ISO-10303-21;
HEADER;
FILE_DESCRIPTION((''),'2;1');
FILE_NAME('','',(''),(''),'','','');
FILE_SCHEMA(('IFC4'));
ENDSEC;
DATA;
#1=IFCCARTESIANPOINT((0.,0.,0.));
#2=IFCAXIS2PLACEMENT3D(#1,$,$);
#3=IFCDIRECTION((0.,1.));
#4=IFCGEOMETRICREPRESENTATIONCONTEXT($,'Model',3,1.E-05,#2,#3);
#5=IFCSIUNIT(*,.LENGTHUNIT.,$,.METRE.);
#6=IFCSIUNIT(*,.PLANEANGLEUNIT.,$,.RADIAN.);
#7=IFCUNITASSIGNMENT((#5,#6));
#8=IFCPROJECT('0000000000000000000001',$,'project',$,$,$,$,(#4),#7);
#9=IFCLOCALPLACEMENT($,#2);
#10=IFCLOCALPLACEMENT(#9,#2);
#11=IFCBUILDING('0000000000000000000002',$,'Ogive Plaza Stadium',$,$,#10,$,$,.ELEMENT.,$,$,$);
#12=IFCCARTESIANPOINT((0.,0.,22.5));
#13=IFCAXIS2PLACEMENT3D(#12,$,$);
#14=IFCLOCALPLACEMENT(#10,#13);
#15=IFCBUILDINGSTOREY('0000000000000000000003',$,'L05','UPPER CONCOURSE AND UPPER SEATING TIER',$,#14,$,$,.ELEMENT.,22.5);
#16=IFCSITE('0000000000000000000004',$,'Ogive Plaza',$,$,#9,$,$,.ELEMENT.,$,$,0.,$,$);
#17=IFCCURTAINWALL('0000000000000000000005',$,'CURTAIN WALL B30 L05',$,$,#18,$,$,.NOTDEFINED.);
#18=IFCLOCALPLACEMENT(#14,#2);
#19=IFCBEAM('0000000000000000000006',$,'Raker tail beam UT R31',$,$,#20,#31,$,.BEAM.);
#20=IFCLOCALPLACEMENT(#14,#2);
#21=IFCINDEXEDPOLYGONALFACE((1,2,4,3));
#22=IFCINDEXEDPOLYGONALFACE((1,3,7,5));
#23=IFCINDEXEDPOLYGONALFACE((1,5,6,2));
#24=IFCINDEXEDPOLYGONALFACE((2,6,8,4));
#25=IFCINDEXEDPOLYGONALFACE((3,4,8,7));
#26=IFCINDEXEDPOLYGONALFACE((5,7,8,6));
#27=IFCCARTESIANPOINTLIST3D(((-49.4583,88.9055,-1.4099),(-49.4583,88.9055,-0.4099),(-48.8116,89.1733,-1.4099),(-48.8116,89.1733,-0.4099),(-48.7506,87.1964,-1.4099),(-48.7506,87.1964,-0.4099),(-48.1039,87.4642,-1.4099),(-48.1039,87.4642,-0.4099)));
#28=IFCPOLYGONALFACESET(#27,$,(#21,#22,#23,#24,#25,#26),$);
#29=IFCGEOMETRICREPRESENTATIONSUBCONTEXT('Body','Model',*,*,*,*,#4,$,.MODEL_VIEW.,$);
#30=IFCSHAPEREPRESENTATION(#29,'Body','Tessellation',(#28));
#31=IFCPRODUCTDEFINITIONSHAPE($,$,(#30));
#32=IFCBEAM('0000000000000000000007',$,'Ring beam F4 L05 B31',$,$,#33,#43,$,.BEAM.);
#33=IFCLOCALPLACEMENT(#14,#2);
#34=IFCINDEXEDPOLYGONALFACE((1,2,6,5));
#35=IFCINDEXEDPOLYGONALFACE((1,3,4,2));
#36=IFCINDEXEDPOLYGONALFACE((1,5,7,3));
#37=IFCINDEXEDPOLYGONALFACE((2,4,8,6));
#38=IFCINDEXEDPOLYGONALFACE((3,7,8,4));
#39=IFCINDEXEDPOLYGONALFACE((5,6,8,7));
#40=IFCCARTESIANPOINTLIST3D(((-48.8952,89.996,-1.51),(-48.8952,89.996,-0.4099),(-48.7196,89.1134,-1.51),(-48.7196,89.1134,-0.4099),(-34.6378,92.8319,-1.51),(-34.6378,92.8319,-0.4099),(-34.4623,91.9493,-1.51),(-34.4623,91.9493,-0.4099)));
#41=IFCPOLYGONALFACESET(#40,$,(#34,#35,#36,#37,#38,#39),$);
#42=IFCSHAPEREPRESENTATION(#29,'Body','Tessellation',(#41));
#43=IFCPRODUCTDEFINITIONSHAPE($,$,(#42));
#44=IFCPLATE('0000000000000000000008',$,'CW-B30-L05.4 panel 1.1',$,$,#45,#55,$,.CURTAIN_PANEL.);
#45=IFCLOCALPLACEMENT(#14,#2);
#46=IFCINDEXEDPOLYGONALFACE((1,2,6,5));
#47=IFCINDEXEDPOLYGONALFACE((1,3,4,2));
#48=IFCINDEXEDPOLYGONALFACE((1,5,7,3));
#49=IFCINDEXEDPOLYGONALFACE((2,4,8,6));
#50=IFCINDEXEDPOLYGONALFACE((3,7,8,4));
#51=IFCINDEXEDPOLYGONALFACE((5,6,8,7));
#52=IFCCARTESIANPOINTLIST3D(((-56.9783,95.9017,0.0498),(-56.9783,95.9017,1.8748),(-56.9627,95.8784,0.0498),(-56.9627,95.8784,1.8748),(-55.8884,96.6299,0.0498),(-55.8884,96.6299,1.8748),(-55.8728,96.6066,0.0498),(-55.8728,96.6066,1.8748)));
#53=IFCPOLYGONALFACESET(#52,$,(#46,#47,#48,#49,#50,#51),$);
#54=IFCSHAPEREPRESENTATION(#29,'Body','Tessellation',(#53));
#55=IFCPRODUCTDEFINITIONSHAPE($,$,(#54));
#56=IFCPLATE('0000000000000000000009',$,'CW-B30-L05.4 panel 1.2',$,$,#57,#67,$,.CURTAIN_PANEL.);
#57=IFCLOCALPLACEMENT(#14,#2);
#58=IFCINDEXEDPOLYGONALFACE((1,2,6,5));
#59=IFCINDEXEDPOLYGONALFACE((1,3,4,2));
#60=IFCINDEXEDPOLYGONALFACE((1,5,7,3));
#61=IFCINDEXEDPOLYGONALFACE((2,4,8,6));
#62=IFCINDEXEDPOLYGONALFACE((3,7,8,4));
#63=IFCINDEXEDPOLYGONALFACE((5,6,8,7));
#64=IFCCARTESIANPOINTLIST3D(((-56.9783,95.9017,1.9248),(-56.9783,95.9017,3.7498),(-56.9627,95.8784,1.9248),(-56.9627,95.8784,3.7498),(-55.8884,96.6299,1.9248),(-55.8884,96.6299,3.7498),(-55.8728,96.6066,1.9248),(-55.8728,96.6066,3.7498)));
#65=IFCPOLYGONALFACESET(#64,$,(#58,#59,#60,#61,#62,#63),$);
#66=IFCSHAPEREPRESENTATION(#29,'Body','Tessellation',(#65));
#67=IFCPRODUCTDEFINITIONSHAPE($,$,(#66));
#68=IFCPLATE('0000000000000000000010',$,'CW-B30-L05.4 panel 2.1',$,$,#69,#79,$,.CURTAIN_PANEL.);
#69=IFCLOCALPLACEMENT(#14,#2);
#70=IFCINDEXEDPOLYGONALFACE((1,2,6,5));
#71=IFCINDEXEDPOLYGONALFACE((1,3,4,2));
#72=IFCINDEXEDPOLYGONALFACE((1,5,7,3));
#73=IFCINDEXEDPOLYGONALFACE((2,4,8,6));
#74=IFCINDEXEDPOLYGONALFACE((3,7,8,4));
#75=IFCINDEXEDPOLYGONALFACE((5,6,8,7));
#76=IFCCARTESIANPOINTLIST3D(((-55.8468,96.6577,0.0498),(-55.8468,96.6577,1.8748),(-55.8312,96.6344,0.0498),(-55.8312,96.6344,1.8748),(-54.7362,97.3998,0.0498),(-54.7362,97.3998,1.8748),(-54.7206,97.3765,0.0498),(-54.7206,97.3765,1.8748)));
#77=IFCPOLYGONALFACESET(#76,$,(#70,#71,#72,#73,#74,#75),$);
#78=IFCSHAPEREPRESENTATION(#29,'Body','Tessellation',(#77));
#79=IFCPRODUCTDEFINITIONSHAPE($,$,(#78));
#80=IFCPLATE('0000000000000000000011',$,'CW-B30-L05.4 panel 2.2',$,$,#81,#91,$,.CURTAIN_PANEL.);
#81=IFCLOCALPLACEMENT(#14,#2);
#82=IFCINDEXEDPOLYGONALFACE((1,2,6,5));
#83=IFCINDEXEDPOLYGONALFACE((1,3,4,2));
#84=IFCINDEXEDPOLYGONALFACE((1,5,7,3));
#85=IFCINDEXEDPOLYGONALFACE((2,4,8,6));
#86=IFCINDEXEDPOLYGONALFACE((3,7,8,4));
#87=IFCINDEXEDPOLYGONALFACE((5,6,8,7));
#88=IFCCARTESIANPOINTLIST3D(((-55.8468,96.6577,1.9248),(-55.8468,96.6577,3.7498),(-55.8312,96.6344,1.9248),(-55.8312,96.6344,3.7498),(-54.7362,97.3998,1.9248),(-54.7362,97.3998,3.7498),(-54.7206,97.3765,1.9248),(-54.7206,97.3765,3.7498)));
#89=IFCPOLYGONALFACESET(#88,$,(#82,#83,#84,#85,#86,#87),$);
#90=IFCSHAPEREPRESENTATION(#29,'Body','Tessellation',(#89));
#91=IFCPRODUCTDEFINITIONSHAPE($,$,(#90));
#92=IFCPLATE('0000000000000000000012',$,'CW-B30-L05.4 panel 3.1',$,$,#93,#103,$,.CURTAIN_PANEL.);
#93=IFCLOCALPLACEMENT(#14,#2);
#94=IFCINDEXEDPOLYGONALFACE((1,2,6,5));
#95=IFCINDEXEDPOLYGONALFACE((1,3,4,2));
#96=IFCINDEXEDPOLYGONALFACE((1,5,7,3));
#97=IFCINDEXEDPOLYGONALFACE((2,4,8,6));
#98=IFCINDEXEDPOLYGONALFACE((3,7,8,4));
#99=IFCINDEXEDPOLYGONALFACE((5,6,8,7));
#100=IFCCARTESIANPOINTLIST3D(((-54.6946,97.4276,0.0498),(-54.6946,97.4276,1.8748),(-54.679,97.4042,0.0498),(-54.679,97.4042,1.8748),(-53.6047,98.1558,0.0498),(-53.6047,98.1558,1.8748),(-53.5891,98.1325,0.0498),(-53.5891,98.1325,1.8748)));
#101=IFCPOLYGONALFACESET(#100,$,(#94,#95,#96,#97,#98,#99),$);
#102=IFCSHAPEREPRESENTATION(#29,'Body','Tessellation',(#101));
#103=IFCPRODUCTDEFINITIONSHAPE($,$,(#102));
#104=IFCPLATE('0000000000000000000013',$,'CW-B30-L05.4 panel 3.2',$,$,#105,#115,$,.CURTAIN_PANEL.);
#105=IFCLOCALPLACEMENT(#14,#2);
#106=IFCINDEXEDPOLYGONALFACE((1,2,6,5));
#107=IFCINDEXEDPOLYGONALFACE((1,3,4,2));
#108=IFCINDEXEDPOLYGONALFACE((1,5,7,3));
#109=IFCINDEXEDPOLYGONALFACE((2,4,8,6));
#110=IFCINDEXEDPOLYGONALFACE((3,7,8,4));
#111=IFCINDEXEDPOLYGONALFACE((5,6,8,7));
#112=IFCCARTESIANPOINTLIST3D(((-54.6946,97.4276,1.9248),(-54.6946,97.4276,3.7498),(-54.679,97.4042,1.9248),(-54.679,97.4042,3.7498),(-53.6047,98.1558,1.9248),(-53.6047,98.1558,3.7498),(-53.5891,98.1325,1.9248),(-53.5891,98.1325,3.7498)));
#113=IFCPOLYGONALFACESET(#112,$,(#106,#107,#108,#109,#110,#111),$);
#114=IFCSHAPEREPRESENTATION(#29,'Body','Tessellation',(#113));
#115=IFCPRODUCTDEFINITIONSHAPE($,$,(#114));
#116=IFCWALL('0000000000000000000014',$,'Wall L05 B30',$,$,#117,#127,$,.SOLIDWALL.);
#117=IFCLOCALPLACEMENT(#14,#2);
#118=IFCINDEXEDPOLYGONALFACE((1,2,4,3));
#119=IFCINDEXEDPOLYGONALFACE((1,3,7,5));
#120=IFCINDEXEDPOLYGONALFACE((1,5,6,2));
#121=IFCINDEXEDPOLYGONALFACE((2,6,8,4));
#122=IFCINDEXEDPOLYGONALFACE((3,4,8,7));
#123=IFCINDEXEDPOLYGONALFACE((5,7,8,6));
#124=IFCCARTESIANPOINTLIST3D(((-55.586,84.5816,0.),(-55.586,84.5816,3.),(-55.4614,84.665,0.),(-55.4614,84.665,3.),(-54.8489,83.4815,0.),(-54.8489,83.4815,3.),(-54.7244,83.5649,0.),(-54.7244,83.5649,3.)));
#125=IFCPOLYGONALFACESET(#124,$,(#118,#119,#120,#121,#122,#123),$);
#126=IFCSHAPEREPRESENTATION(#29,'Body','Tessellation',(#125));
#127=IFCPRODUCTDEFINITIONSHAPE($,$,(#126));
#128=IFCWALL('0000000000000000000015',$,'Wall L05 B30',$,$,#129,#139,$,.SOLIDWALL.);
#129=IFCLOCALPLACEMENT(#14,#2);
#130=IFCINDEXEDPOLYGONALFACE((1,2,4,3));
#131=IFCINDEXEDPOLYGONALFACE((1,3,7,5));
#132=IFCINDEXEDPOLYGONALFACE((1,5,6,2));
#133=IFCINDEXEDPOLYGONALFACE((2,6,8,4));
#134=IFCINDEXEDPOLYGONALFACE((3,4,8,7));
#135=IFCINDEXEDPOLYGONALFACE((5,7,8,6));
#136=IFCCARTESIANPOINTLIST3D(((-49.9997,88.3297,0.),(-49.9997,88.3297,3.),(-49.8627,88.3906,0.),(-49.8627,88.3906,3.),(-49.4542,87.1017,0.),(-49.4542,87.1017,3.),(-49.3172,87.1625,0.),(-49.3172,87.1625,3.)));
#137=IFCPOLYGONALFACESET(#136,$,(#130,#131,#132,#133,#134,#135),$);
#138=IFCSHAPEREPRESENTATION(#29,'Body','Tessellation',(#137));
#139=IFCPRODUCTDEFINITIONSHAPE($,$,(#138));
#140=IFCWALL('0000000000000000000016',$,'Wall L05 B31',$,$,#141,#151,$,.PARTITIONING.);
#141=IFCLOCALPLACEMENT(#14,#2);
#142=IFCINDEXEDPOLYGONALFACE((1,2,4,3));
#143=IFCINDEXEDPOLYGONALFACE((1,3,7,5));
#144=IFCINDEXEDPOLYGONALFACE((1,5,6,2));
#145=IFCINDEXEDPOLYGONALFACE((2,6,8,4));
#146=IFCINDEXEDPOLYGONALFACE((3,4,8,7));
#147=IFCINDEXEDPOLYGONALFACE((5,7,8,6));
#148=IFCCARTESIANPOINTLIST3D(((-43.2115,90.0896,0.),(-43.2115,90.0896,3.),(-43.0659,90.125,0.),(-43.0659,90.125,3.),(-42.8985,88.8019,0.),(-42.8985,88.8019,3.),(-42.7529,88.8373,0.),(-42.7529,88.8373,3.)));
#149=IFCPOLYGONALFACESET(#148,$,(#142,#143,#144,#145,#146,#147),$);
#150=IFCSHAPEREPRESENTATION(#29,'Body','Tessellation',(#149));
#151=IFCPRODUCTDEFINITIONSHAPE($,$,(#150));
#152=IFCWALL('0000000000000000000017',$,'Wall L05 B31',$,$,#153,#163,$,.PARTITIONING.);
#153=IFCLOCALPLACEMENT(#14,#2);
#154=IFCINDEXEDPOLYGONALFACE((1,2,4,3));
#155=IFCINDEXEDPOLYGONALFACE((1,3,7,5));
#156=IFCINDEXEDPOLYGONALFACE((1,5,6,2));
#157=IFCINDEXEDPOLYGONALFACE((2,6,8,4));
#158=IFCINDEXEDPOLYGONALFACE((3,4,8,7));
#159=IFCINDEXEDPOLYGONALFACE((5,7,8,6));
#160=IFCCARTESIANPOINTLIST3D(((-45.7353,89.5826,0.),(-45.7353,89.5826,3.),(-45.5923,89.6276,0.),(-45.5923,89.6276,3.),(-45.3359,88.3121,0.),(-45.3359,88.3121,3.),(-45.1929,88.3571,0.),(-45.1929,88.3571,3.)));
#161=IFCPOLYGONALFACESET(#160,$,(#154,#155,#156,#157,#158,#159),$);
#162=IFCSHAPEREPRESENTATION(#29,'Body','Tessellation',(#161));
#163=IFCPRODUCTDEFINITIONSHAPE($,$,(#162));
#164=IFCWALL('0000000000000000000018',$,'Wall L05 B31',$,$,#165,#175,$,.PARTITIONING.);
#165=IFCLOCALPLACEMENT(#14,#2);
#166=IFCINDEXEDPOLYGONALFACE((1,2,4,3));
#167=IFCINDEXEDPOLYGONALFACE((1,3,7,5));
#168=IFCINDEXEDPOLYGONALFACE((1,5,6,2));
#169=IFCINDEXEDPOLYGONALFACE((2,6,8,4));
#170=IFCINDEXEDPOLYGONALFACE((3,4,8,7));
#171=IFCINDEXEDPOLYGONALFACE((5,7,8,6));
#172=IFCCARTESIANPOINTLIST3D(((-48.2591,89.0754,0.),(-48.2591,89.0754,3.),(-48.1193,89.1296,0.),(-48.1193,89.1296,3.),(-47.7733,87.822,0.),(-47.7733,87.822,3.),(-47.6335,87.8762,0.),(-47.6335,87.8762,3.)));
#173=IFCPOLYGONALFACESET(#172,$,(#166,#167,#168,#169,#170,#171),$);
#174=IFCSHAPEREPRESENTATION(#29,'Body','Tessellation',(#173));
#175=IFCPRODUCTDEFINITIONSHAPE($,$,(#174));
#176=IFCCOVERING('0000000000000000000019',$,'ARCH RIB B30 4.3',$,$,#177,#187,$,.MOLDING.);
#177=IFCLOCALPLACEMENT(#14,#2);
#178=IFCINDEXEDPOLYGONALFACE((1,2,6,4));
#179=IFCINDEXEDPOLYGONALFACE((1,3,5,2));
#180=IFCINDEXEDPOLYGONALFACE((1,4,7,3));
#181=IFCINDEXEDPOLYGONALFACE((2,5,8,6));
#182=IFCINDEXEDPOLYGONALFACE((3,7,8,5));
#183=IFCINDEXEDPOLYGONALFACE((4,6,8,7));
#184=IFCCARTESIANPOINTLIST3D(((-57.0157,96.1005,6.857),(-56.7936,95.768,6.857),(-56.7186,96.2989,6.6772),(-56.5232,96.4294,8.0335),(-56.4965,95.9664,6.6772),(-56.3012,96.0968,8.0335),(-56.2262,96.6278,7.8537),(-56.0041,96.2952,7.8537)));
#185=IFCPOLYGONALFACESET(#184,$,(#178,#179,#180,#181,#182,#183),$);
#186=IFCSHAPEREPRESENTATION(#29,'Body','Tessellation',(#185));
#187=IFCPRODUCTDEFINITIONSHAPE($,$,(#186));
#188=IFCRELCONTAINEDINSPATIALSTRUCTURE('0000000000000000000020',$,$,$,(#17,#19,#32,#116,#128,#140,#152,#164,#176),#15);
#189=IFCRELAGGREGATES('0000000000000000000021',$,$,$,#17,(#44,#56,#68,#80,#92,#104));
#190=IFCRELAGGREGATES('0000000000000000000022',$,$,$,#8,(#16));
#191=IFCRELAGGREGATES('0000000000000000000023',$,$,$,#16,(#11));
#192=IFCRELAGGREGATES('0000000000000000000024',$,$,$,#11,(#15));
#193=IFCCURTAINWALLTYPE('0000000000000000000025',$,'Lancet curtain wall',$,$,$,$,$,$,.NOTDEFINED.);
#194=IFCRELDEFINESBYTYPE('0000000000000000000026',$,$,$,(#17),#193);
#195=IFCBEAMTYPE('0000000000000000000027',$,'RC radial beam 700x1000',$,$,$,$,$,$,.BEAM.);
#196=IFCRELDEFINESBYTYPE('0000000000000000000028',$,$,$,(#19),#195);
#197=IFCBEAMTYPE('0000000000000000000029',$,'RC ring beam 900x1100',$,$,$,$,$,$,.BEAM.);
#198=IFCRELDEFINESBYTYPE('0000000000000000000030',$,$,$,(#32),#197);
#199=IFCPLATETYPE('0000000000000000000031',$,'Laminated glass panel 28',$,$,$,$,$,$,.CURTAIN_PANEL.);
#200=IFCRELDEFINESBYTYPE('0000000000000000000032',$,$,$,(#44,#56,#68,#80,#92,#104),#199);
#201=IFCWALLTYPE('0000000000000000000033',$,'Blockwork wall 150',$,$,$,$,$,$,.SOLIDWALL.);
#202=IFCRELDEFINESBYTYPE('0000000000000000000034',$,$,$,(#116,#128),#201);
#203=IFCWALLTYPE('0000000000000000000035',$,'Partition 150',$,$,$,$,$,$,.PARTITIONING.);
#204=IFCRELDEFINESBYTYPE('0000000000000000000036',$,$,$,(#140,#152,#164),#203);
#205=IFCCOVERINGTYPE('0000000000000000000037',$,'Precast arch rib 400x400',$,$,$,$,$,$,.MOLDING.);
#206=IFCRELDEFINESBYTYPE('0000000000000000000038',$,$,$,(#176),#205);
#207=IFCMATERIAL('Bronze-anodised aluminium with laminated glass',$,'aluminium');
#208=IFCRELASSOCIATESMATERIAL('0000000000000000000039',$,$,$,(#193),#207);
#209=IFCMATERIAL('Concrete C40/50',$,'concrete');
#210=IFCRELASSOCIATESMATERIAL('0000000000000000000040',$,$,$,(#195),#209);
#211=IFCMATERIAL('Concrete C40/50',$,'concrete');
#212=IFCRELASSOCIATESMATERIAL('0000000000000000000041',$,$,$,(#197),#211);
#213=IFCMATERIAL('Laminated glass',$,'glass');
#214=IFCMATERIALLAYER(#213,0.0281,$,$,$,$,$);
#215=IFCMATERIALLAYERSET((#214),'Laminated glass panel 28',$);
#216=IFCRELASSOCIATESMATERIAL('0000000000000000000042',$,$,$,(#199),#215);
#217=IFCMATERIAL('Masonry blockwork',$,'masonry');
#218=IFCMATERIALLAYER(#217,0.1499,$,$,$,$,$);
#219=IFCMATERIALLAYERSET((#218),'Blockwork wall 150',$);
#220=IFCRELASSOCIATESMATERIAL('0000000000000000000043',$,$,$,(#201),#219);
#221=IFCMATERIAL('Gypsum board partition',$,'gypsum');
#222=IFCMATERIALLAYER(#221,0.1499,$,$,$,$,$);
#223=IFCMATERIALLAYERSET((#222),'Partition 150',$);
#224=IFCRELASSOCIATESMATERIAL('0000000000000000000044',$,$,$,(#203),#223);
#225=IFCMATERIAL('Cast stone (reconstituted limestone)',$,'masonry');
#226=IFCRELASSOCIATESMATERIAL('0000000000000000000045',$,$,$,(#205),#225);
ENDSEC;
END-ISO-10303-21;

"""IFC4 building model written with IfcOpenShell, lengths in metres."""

from ifc_helpers import new_model, si_unit, direction, frame, frame_2d, origin, origin_2d, place, context, subcontext, project, spatial, rectangle, extrude, material, layer, layer_set, material_profile, profile_set, type_object, element, aggregate, save


model = new_model("IFC4")

# Units and contexts
model_context = context("Model", 3, precision=1e-05, world=origin(), true_north=direction((0.0, 1.0)))
body_context = subcontext(model_context, "Body", "Model", "MODEL_VIEW")
ifc_project = project(units=[si_unit("LENGTHUNIT", "METRE"), si_unit("PLANEANGLEUNIT", "RADIAN")], contexts=[model_context])

# Site, building, storey
site_placement = place(None, origin())
site = spatial("IfcSite", under=ifc_project, at=site_placement, Name="Ogive Plaza", CompositionType="ELEMENT", RefElevation=0.0)
building_placement = place(site_placement, origin())
building = spatial("IfcBuilding", under=site, at=building_placement, Name="Ogive Plaza Stadium", CompositionType="ELEMENT")
storey_placement = place(building_placement, frame((0.0, 0.0, 22.5)))
storey = spatial("IfcBuildingStorey", under=building, at=storey_placement, Name="L05", Description="UPPER CONCOURSE AND UPPER SEATING TIER", CompositionType="ELEMENT", Elevation=22.5)

# Curtain wall
ifc_material_1 = material(Name="Bronze-anodised aluminium with laminated glass", Category="aluminium")
curtain_wall_type = type_object("IfcCurtainWallType", Name="Lancet curtain wall", PredefinedType="NOTDEFINED", material=ifc_material_1)
curtain_wall_1_placement = place(storey_placement, origin())
curtain_wall_1 = element("IfcCurtainWall", 1, at=curtain_wall_1_placement, inside=storey, type_object=curtain_wall_type, Name="CURTAIN WALL B30 L05", PredefinedType="NOTDEFINED")

# Beams
ifc_material_2 = material(Name="Concrete C40/50", Category="concrete")
ifc_material_profile_1 = material_profile(ifc_material_2, rectangle(XDim=0.7, YDim=1.0, at=origin_2d()), Name="RC 700x1000")
ifc_profile_set_1 = profile_set([ifc_material_profile_1], Name="Concrete C40/50")
beam_type_1 = type_object("IfcBeamType", Name="RC radial beam 700x1000", PredefinedType="BEAM", material=ifc_profile_set_1)
beam_1_placement = place(storey_placement, frame((-48.4272, 87.3303, -0.9099), z_axis=(-0.382581, 0.923922, 0.0), x_axis=(-0.923922, -0.382581, 0.0)))
element("IfcBeam", 2, at=beam_1_placement, inside=storey, type_object=beam_type_1, Name="Raker tail beam UT R31", PredefinedType="BEAM", context=body_context, shape_type="SweptSolid", body=[
    extrude(rectangle(XDim=0.7, YDim=1.0, at=origin_2d()), origin(), (0.0, 0.0, 1.0), 1.8499),
])
ifc_material_3 = material(Name="Concrete C40/50", Category="concrete")
ifc_material_profile_2 = material_profile(ifc_material_3, rectangle(XDim=0.8999, YDim=1.1001, at=origin_2d()), Name="RC 900x1100")
ifc_profile_set_2 = profile_set([ifc_material_profile_2], Name="Concrete C40/50")
beam_type_2 = type_object("IfcBeamType", Name="RC ring beam 900x1100", PredefinedType="BEAM", material=ifc_profile_set_2)
beam_2_placement = place(storey_placement, frame((-48.8074, 89.5547, -0.96), z_axis=(0.980786, 0.195089, 0.0), x_axis=(-0.195089, 0.980786, 0.0)))
element("IfcBeam", 3, at=beam_2_placement, inside=storey, type_object=beam_type_2, Name="Ring beam F4 L05 B31", PredefinedType="BEAM", context=body_context, shape_type="SweptSolid", body=[
    extrude(rectangle(XDim=0.8999, YDim=1.1001, at=origin_2d()), origin(), (0.0, 0.0, 1.0), 14.5366),
])

# Plates
ifc_material_4 = material(Name="Laminated glass", Category="glass")
ifc_layer_1 = layer(ifc_material_4, 0.0281)
ifc_layer_set_1 = layer_set([ifc_layer_1], Name="Laminated glass panel 28")
plate_type = type_object("IfcPlateType", Name="Laminated glass panel 28", PredefinedType="CURTAIN_PANEL", material=ifc_layer_set_1)
plate_1_placement = place(storey_placement, frame((-56.4255, 96.2542, 0.0498), z_axis=(0.0, 0.0, 1.0), x_axis=(0.83147, 0.55557, 0.0)))
plate_1 = element("IfcPlate", 4, at=plate_1_placement, type_object=plate_type, Name="CW-B30-L05.4 panel 1.1", PredefinedType="CURTAIN_PANEL", context=body_context, shape_type="SweptSolid", body=[
    extrude(rectangle(XDim=1.3108, YDim=0.0281, at=origin_2d()), origin(), (0.0, 0.0, 1.0), 1.825),
])
plate_2_placement = place(storey_placement, frame((-56.4255, 96.2542, 1.9248), z_axis=(0.0, 0.0, 1.0), x_axis=(0.83147, 0.55557, 0.0)))
plate_2 = element("IfcPlate", 5, at=plate_2_placement, type_object=plate_type, Name="CW-B30-L05.4 panel 1.2", PredefinedType="CURTAIN_PANEL", context=body_context, shape_type="SweptSolid", body=[
    extrude(rectangle(XDim=1.3108, YDim=0.0281, at=origin_2d()), origin(), (0.0, 0.0, 1.0), 1.825),
])
plate_3_placement = place(storey_placement, frame((-55.2837, 97.0171, 0.0498), z_axis=(0.0, 0.0, 1.0), x_axis=(0.83147, 0.55557, 0.0)))
plate_3 = element("IfcPlate", 6, at=plate_3_placement, type_object=plate_type, Name="CW-B30-L05.4 panel 2.1", PredefinedType="CURTAIN_PANEL", context=body_context, shape_type="SweptSolid", body=[
    extrude(rectangle(XDim=1.3357, YDim=0.0281, at=origin_2d()), origin(), (0.0, 0.0, 1.0), 1.825),
])
plate_4_placement = place(storey_placement, frame((-55.2837, 97.0171, 1.9248), z_axis=(0.0, 0.0, 1.0), x_axis=(0.83147, 0.55557, 0.0)))
plate_4 = element("IfcPlate", 7, at=plate_4_placement, type_object=plate_type, Name="CW-B30-L05.4 panel 2.2", PredefinedType="CURTAIN_PANEL", context=body_context, shape_type="SweptSolid", body=[
    extrude(rectangle(XDim=1.3357, YDim=0.0281, at=origin_2d()), origin(), (0.0, 0.0, 1.0), 1.825),
])
plate_5_placement = place(storey_placement, frame((-54.1418, 97.78, 0.0498), z_axis=(0.0, 0.0, 1.0), x_axis=(0.83147, 0.55557, 0.0)))
plate_5 = element("IfcPlate", 8, at=plate_5_placement, type_object=plate_type, Name="CW-B30-L05.4 panel 3.1", PredefinedType="CURTAIN_PANEL", context=body_context, shape_type="SweptSolid", body=[
    extrude(rectangle(XDim=1.3108, YDim=0.0281, at=origin_2d()), origin(), (0.0, 0.0, 1.0), 1.825),
])
plate_6_placement = place(storey_placement, frame((-54.1418, 97.78, 1.9248), z_axis=(0.0, 0.0, 1.0), x_axis=(0.83147, 0.55557, 0.0)))
plate_6 = element("IfcPlate", 9, at=plate_6_placement, type_object=plate_type, Name="CW-B30-L05.4 panel 3.2", PredefinedType="CURTAIN_PANEL", context=body_context, shape_type="SweptSolid", body=[
    extrude(rectangle(XDim=1.3108, YDim=0.0281, at=origin_2d()), origin(), (0.0, 0.0, 1.0), 1.825),
])
aggregate(curtain_wall_1, [plate_1, plate_2, plate_3, plate_4, plate_5, plate_6])

# Walls
ifc_material_5 = material(Name="Masonry blockwork", Category="masonry")
ifc_layer_2 = layer(ifc_material_5, 0.1499)
ifc_layer_set_2 = layer_set([ifc_layer_2], Name="Blockwork wall 150")
wall_type_1 = type_object("IfcWallType", Name="Blockwork wall 150", PredefinedType="SOLIDWALL", material=ifc_layer_set_2)
wall_1_placement = place(storey_placement, frame((-54.7866, 83.5232, 0.0), z_axis=(0.0, 0.0, 1.0), x_axis=(-0.556613, 0.830772, 0.0)))
element("IfcWall", 10, at=wall_1_placement, inside=storey, type_object=wall_type_1, Name="Wall L05 B30", PredefinedType="SOLIDWALL", context=body_context, shape_type="SweptSolid", body=[
    extrude(rectangle(XDim=1.3242, YDim=0.1499, at=frame_2d((0.6621, 0.0))), origin(), (0.0, 0.0, 1.0), 3.0),
])
wall_2_placement = place(storey_placement, frame((-49.3857, 87.1321, 0.0), z_axis=(0.0, 0.0, 1.0), x_axis=(-0.405902, 0.913916, 0.0)))
element("IfcWall", 11, at=wall_2_placement, inside=storey, type_object=wall_type_1, Name="Wall L05 B30", PredefinedType="SOLIDWALL", context=body_context, shape_type="SweptSolid", body=[
    extrude(rectangle(XDim=1.3438, YDim=0.1499, at=frame_2d((0.6719, 0.0))), origin(), (0.0, 0.0, 1.0), 3.0),
])
ifc_material_6 = material(Name="Gypsum board partition", Category="gypsum")
ifc_layer_3 = layer(ifc_material_6, 0.1499)
ifc_layer_set_3 = layer_set([ifc_layer_3], Name="Partition 150")
wall_type_2 = type_object("IfcWallType", Name="Partition 150", PredefinedType="PARTITIONING", material=ifc_layer_set_3)
wall_3_placement = place(storey_placement, frame((-42.8257, 88.8196, 0.0), z_axis=(0.0, 0.0, 1.0), x_axis=(-0.236201, 0.971704, 0.0)))
element("IfcWall", 12, at=wall_3_placement, inside=storey, type_object=wall_type_2, Name="Wall L05 B31", PredefinedType="PARTITIONING", context=body_context, shape_type="SweptSolid", body=[
    extrude(rectangle(XDim=1.3252, YDim=0.1499, at=frame_2d((0.6626, 0.0))), origin(), (0.0, 0.0, 1.0), 3.0),
])
wall_4_placement = place(storey_placement, frame((-45.2644, 88.3345, 0.0), z_axis=(0.0, 0.0, 1.0), x_axis=(-0.299903, 0.95397, 0.0)))
element("IfcWall", 13, at=wall_4_placement, inside=storey, type_object=wall_type_2, Name="Wall L05 B31", PredefinedType="PARTITIONING", context=body_context, shape_type="SweptSolid", body=[
    extrude(rectangle(XDim=1.3318, YDim=0.1499, at=frame_2d((0.666, 0.0))), origin(), (0.0, 0.0, 1.0), 3.0),
])
wall_5_placement = place(storey_placement, frame((-47.7034, 87.8491, 0.0), z_axis=(0.0, 0.0, 1.0), x_axis=(-0.361412, 0.932406, 0.0)))
element("IfcWall", 14, at=wall_5_placement, inside=storey, type_object=wall_type_2, Name="Wall L05 B31", PredefinedType="PARTITIONING", context=body_context, shape_type="SweptSolid", body=[
    extrude(rectangle(XDim=1.3442, YDim=0.1499, at=frame_2d((0.6721, 0.0))), origin(), (0.0, 0.0, 1.0), 3.0),
])

# Covering
ifc_material_7 = material(Name="Cast stone (reconstituted limestone)", Category="masonry")
ifc_material_profile_3 = material_profile(ifc_material_7, rectangle(XDim=0.3999, YDim=0.3999, at=origin_2d()), Name="Cast stone 400x400")
ifc_profile_set_3 = profile_set([ifc_material_profile_3], Name="Cast stone (reconstituted limestone)")
covering_type = type_object("IfcCoveringType", Name="Precast arch rib 400x400", PredefinedType="MOLDING", material=ifc_profile_set_3)
covering_1_placement = place(storey_placement, frame((-56.7561, 96.0334, 6.7671), z_axis=(0.373868, 0.249678, 0.893243), x_axis=(-0.555366, 0.831606, 0.0)))
element("IfcCovering", 15, at=covering_1_placement, inside=storey, type_object=covering_type, Name="ARCH RIB B30 4.3", PredefinedType="MOLDING", context=body_context, shape_type="SweptSolid", body=[
    extrude(rectangle(XDim=0.3999, YDim=0.3999, at=origin_2d()), origin(), (0.0, 0.0, 1.0), 1.3171),
])

save(model, "model.ifc")
